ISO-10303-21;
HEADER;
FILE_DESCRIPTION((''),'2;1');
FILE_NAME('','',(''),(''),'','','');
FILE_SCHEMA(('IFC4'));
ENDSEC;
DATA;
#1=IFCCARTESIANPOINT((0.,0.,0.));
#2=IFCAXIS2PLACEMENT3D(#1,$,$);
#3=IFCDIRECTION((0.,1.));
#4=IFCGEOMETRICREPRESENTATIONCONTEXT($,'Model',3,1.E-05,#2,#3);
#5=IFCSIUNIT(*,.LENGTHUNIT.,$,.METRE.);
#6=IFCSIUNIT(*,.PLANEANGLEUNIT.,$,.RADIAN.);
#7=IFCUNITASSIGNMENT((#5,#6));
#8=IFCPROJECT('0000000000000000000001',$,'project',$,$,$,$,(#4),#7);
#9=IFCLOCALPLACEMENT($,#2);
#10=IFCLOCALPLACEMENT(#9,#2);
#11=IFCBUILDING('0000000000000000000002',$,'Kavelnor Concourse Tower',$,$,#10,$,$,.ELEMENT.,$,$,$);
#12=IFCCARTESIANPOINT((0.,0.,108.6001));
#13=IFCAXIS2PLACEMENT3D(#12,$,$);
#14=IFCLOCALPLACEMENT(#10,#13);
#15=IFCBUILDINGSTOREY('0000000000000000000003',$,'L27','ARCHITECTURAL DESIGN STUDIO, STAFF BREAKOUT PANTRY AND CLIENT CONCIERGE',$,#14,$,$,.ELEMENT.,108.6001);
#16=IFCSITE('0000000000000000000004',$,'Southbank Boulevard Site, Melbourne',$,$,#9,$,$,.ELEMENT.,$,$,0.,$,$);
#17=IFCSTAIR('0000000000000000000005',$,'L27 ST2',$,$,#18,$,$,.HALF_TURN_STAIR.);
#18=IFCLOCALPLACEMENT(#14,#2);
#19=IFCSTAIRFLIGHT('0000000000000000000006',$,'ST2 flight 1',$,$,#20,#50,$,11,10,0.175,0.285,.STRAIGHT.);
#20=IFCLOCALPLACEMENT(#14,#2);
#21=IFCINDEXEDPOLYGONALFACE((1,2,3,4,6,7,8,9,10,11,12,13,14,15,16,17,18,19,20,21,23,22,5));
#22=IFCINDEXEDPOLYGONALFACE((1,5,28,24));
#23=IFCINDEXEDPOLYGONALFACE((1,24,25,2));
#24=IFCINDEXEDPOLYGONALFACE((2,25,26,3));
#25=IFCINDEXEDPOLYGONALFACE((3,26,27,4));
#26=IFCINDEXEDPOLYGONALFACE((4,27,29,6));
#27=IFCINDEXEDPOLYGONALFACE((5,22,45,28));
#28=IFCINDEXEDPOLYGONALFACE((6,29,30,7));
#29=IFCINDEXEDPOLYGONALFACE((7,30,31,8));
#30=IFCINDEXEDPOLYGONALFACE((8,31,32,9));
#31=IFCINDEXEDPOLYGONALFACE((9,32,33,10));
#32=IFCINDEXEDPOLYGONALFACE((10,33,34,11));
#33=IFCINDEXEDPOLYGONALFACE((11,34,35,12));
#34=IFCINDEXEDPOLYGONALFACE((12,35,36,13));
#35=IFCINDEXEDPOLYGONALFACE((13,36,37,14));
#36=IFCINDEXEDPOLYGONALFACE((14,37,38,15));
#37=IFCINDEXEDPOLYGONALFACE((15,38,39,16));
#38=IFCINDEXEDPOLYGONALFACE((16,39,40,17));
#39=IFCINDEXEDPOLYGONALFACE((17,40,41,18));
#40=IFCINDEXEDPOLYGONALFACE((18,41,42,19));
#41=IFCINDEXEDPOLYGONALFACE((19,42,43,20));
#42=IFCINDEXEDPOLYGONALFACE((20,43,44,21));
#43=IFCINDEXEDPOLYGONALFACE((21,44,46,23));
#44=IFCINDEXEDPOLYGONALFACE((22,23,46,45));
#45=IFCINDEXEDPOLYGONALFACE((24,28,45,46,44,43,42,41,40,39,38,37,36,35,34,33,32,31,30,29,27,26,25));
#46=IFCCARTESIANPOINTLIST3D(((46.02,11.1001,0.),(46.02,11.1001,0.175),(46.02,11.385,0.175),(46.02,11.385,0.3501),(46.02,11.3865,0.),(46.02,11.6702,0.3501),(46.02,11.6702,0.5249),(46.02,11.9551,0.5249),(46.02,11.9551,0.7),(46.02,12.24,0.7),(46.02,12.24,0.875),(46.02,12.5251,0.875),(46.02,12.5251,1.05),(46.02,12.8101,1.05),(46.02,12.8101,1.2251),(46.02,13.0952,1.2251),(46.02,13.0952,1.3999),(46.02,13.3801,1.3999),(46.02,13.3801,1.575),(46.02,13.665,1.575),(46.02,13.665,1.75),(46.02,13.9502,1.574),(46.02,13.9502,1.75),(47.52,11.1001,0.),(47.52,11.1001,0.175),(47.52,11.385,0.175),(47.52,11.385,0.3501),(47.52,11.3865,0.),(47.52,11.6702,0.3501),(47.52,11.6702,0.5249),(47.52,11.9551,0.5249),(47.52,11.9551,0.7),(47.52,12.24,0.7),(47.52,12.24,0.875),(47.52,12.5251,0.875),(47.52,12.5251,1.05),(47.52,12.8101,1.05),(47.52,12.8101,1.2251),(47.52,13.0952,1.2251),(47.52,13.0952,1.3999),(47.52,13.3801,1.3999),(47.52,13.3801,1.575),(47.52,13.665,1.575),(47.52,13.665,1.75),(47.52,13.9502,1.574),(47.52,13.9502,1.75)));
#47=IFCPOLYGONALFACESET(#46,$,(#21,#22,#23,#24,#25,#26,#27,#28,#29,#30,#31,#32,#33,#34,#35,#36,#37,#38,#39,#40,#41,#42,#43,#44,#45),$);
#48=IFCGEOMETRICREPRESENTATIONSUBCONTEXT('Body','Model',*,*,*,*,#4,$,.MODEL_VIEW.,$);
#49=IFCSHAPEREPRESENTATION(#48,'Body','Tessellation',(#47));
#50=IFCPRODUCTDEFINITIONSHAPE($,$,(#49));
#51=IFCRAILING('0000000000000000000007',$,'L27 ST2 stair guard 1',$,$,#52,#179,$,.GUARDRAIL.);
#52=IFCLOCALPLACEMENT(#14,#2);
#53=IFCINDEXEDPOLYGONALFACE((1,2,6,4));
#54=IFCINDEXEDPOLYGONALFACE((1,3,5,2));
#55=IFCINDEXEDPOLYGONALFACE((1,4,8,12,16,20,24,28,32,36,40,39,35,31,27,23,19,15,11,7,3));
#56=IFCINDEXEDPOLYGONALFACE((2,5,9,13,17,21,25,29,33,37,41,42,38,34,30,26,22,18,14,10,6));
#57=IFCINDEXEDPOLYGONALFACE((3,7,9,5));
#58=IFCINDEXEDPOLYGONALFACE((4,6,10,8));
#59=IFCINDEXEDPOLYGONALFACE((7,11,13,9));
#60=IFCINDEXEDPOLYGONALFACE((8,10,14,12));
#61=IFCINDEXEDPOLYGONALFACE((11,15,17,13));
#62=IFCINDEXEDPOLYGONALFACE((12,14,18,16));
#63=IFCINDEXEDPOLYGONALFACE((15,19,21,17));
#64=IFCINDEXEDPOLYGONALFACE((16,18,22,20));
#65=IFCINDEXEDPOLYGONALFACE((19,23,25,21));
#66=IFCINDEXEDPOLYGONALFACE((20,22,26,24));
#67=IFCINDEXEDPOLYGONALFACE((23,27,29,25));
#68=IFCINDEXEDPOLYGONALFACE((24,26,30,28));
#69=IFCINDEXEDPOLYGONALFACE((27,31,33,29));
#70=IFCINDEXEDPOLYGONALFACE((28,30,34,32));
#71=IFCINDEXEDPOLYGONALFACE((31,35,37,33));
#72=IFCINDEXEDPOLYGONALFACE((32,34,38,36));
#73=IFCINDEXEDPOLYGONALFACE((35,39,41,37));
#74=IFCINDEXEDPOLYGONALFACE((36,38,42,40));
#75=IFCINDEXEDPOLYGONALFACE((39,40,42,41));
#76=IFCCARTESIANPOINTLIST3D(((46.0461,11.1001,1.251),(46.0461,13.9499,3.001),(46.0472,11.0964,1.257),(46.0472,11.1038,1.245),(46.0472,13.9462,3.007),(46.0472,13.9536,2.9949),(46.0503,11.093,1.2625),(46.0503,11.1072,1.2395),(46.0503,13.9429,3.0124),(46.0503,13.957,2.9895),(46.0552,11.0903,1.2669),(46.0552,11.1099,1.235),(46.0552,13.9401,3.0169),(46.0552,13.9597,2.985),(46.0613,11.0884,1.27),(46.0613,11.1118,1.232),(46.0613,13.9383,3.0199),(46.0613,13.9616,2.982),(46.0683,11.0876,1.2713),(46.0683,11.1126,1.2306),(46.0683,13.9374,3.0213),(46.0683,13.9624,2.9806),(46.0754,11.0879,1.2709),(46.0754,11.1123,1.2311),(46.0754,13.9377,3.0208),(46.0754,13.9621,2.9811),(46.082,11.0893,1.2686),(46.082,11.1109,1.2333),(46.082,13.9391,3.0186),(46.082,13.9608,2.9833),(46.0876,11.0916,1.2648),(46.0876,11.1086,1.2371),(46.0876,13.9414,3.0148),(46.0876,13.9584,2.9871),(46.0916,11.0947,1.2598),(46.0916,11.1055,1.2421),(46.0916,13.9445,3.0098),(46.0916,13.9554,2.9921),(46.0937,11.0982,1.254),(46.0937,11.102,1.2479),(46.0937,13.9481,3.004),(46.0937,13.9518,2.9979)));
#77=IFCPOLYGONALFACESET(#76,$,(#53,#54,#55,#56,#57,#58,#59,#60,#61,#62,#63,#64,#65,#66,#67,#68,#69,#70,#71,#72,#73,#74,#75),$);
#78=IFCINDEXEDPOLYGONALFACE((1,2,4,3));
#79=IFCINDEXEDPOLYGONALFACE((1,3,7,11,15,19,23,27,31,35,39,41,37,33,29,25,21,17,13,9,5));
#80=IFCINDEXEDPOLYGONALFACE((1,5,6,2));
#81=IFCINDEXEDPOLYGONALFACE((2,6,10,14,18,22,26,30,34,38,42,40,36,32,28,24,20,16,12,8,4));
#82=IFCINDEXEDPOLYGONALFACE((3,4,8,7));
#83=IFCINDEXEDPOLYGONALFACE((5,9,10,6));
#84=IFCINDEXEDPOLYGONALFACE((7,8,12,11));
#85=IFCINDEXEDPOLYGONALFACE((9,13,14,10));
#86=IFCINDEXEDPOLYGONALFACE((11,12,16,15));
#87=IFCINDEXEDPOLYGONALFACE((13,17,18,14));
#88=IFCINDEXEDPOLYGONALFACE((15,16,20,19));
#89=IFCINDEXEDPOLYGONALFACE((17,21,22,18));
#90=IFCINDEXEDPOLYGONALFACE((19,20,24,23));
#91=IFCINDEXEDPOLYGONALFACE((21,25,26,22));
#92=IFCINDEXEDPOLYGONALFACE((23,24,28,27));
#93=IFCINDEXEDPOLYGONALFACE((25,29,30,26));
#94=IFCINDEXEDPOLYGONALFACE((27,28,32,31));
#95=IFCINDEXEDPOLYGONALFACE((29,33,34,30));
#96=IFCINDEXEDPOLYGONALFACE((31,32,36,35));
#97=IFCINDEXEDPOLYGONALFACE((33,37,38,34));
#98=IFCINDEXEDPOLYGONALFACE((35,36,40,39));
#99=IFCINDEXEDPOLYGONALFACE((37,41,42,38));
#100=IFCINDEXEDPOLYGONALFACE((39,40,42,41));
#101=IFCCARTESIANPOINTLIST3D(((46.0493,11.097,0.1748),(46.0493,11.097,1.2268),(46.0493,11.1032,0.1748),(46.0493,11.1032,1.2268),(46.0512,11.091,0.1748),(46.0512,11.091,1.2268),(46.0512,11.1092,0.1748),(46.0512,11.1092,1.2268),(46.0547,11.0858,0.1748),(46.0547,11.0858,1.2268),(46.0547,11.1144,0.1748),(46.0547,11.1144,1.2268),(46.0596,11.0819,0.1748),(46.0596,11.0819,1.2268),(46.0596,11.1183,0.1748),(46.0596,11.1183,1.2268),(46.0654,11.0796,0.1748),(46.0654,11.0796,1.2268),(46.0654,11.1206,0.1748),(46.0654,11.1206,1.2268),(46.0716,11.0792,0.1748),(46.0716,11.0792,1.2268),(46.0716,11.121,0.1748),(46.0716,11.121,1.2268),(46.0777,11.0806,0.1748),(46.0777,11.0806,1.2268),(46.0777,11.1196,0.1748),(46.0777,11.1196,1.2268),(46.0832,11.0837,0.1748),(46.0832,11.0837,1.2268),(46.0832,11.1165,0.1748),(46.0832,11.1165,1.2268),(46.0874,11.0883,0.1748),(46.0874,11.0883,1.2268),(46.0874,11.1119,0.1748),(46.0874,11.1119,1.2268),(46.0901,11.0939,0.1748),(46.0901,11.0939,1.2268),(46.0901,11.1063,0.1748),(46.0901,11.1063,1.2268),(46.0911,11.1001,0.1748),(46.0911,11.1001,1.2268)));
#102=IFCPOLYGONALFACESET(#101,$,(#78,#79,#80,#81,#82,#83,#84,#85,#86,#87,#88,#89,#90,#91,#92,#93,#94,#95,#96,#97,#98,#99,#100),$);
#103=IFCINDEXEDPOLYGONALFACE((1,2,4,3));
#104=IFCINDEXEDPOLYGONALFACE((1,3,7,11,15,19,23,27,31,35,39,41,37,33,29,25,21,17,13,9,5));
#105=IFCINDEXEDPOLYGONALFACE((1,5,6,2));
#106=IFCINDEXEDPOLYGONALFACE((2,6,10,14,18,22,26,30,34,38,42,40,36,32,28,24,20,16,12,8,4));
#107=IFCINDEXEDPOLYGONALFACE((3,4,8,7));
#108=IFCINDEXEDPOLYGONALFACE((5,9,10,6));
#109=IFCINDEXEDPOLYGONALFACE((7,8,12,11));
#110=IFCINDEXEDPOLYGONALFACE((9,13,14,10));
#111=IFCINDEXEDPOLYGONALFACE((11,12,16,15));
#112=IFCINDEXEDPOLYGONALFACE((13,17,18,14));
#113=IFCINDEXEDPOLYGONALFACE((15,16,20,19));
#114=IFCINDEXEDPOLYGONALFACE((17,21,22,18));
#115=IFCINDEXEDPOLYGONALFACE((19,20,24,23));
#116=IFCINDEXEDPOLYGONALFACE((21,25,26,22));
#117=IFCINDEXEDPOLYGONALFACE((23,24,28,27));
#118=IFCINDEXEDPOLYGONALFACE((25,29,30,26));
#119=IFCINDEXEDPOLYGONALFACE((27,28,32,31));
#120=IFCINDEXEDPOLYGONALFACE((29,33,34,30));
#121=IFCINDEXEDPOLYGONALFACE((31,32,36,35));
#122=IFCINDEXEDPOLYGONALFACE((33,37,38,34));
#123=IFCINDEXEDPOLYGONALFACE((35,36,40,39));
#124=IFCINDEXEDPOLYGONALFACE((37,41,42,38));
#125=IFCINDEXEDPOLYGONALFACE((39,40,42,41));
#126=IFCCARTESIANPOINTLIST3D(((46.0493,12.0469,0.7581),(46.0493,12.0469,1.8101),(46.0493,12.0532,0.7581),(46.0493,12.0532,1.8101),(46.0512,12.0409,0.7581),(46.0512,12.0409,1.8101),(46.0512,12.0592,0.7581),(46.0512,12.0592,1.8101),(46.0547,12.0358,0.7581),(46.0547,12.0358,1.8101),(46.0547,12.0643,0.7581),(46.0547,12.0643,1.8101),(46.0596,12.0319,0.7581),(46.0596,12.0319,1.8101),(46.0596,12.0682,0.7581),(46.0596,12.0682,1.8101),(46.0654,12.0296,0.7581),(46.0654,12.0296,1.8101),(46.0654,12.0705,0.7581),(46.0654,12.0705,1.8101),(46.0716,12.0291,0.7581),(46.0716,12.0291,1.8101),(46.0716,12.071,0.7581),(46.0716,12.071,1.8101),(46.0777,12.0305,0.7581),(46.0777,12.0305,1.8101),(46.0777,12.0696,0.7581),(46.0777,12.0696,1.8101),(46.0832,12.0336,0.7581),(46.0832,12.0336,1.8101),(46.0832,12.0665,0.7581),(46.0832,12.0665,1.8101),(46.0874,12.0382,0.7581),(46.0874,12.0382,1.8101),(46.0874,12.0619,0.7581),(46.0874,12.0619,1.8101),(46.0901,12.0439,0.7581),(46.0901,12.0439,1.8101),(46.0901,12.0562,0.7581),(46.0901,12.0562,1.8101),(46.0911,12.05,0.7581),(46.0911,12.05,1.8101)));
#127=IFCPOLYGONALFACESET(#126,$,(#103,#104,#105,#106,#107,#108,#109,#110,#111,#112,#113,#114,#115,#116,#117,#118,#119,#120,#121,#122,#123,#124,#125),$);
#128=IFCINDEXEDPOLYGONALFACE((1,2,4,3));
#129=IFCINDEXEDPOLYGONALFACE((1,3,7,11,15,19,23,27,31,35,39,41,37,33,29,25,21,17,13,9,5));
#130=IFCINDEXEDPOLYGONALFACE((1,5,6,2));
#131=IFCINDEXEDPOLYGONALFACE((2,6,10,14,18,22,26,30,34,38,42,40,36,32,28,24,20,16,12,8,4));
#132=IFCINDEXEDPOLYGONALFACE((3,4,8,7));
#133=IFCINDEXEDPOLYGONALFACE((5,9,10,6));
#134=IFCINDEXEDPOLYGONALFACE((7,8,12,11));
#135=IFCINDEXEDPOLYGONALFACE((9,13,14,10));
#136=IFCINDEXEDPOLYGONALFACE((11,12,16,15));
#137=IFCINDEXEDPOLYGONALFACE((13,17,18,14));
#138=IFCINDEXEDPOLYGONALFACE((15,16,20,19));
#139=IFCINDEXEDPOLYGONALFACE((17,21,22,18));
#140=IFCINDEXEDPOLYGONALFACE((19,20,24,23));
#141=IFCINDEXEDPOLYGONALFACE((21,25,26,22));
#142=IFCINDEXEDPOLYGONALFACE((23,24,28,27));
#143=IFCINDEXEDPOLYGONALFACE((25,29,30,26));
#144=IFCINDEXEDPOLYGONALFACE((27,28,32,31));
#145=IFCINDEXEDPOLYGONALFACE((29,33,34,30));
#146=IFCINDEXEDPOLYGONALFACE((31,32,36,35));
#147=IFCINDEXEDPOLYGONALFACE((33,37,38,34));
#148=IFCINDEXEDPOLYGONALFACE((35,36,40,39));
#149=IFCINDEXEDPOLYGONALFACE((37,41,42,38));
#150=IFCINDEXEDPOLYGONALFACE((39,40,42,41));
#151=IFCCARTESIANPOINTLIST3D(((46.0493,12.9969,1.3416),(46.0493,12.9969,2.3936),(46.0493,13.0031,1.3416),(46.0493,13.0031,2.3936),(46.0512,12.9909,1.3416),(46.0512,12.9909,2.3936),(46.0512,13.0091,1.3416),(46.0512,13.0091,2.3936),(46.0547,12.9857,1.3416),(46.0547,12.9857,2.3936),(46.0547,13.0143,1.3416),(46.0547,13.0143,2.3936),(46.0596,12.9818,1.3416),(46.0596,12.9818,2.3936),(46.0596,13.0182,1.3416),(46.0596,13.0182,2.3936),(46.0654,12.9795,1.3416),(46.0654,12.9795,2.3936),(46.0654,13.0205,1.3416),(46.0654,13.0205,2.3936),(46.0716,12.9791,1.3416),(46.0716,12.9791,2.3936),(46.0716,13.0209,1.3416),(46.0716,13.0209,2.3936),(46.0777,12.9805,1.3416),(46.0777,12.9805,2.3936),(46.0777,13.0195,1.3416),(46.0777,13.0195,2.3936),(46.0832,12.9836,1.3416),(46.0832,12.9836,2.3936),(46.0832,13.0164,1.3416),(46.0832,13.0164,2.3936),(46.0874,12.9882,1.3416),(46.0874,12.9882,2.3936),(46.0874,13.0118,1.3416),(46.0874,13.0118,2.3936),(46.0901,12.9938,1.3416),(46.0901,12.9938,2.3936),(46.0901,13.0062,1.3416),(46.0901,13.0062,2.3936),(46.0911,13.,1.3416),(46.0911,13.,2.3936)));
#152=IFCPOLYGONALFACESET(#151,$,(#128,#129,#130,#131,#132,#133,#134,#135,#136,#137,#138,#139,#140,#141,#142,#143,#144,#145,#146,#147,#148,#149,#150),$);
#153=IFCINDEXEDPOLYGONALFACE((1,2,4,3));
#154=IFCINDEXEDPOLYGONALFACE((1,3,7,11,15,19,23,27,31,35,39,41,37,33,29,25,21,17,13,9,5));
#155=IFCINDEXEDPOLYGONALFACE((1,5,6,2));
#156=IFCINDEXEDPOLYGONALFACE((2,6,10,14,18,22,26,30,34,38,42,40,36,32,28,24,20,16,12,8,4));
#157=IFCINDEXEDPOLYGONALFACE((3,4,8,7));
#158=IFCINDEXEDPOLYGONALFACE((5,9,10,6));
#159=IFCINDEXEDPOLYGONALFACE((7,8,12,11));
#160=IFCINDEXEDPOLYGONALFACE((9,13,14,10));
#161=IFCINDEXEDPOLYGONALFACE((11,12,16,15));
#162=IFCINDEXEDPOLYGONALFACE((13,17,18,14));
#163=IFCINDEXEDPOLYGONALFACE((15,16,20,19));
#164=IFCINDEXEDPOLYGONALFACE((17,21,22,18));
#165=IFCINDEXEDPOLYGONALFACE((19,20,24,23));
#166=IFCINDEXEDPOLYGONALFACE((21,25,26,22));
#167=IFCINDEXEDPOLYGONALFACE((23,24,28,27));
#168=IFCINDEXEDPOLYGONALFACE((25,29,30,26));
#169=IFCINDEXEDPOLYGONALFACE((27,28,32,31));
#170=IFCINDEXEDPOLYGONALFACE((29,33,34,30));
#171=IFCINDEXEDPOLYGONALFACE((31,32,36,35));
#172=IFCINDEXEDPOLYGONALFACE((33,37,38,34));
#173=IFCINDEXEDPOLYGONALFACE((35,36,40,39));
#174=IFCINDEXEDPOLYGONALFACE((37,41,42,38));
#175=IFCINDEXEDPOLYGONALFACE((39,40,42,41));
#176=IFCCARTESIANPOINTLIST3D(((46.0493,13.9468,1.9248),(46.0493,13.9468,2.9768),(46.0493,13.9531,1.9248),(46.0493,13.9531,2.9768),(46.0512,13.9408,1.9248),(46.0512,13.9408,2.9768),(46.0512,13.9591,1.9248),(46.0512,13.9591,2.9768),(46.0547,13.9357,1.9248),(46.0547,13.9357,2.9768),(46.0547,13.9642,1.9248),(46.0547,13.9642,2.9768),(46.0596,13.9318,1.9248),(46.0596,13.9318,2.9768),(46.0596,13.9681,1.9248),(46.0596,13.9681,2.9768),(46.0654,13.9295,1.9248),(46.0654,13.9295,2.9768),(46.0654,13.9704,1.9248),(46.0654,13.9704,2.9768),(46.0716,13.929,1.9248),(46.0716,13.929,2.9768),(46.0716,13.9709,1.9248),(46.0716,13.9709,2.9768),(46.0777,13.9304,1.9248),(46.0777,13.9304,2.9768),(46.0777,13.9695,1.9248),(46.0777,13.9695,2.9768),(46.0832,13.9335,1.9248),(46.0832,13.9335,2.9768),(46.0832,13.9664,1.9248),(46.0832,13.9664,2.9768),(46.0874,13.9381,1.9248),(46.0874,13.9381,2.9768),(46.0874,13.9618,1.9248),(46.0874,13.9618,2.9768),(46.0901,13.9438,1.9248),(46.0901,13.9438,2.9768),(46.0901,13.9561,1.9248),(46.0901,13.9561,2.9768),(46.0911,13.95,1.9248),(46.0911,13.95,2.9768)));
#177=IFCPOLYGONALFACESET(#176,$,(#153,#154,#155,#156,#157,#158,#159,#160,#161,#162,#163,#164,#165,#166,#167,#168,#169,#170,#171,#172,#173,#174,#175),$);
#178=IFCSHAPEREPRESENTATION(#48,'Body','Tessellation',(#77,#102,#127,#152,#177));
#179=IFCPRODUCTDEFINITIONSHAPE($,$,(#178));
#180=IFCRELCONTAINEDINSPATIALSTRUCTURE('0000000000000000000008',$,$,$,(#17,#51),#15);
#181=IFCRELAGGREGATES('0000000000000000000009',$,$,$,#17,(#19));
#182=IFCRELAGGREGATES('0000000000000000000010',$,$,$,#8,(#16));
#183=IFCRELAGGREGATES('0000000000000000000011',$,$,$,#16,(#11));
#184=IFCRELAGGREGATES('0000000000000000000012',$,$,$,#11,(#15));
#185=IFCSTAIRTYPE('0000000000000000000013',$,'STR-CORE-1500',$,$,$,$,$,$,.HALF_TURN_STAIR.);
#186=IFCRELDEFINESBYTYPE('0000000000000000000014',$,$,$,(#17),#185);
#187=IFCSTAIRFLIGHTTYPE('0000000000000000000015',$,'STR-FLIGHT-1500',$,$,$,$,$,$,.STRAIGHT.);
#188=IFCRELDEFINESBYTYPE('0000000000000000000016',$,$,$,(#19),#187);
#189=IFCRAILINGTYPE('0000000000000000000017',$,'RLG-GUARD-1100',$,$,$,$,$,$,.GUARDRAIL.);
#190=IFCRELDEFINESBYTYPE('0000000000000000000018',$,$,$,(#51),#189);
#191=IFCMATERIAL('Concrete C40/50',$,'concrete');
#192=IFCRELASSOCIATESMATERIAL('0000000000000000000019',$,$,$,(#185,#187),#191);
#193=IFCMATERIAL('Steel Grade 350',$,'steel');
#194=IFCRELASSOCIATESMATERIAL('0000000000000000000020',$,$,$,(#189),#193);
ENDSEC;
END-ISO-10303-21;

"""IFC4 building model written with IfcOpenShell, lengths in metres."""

from ifc_helpers import new_model, si_unit, direction, frame, origin, origin_2d, place, context, subcontext, project, spatial, polyline, circle, outline, extrude, material, type_object, element, aggregate, save


model = new_model("IFC4")

# Units and contexts
model_context = context("Model", 3, precision=1e-05, world=origin(), true_north=direction((0.0, 1.0)))
body_context = subcontext(model_context, "Body", "Model", "MODEL_VIEW")
ifc_project = project(units=[si_unit("LENGTHUNIT", "METRE"), si_unit("PLANEANGLEUNIT", "RADIAN")], contexts=[model_context])

# Site, building, storey
site_placement = place(None, origin())
site = spatial("IfcSite", under=ifc_project, at=site_placement, Name="Southbank Boulevard Site, Melbourne", CompositionType="ELEMENT", RefElevation=0.0)
building_placement = place(site_placement, origin())
building = spatial("IfcBuilding", under=site, at=building_placement, Name="Kavelnor Concourse Tower", CompositionType="ELEMENT")
storey_placement = place(building_placement, frame((0.0, 0.0, 108.6001)))
storey = spatial("IfcBuildingStorey", under=building, at=storey_placement, Name="L27", Description="ARCHITECTURAL DESIGN STUDIO, STAFF BREAKOUT PANTRY AND CLIENT CONCIERGE", CompositionType="ELEMENT", Elevation=108.6001)

# Shared definitions
ifc_material_1 = material(Name="Steel Grade 350", Category="steel")

# Stair, stair flight
ifc_material_2 = material(Name="Concrete C40/50", Category="concrete")
stair_type = type_object("IfcStairType", Name="STR-CORE-1500", PredefinedType="HALF_TURN_STAIR", material=ifc_material_2)
stair_placement = place(storey_placement, origin())
stair = element("IfcStair", 1, at=stair_placement, inside=storey, type_object=stair_type, Name="L27 ST2", PredefinedType="HALF_TURN_STAIR")
stair_flight_type = type_object("IfcStairFlightType", Name="STR-FLIGHT-1500", PredefinedType="STRAIGHT", material=ifc_material_2)
stair_flight_placement = place(storey_placement, frame((46.77, 11.1001, 0.0), z_axis=(0.0, 0.0, 1.0), x_axis=(0.0, 1.0, 0.0)))
stair_flight = element("IfcStairFlight", 2, at=stair_flight_placement, type_object=stair_flight_type, Name="ST2 flight 1", NumberOfRisers=11, NumberOfTreads=10, PredefinedType="STRAIGHT", RiserHeight=0.175, TreadLength=0.285, context=body_context, shape_type="SweptSolid", body=[
    extrude(outline(polyline([(0.0, 0.0), (0.0, 0.175), (0.2849, 0.175), (0.2849, 0.3501), (0.5701, 0.3501), (0.5701, 0.5249), (0.855, 0.5249), (0.855, 0.7), (1.1399, 0.7), (1.1399, 0.875), (1.425, 0.875), (1.425, 1.05), (1.71, 1.05), (1.71, 1.2251), (1.9951, 1.2251), (1.9951, 1.3999), (2.28, 1.3999), (2.28, 1.575), (2.5649, 1.575), (2.5649, 1.75), (2.8501, 1.75), (2.8501, 1.925), (2.8501, 1.574), (0.2864, 0.0), (0.0, 0.0)])), frame((0.0, 0.75, 0.0), z_axis=(0.0, -1.0, 0.0), x_axis=(1.0, 0.0, 0.0)), (0.0, 0.0, 1.0), 1.5),
])
aggregate(stair, [stair_flight])

# Railing
railing_type_1 = type_object("IfcRailingType", Name="RLG-GUARD-1100", PredefinedType="GUARDRAIL", material=ifc_material_1)
railing_1_placement = place(storey_placement, frame((46.0701, 11.1001, 0.1748)))
element("IfcRailing", 3, at=railing_1_placement, inside=storey, type_object=railing_type_1, Name="L27 ST2 stair guard 1", PredefinedType="GUARDRAIL", context=body_context, shape_type="SweptSolid", body=[
    extrude(circle(Radius=0.0239, at=origin_2d()), frame((0.0, 0.0, 1.0762), z_axis=(0.0, 0.852159, 0.523283), x_axis=(-1.0, 0.0, 0.0)), (0.0, 0.0, 1.0), 3.3442),
    extrude(circle(Radius=0.021, at=origin_2d()), origin(), (0.0, 0.0, 1.0), 1.052),
    extrude(circle(Radius=0.021, at=origin_2d()), frame((0.0, 0.95, 0.5833)), (0.0, 0.0, 1.0), 1.052),
    extrude(circle(Radius=0.021, at=origin_2d()), frame((0.0, 1.8999, 1.1667)), (0.0, 0.0, 1.0), 1.052),
    extrude(circle(Radius=0.021, at=origin_2d()), frame((0.0, 2.8499, 1.75)), (0.0, 0.0, 1.0), 1.052),
])

save(model, "model.ifc")
